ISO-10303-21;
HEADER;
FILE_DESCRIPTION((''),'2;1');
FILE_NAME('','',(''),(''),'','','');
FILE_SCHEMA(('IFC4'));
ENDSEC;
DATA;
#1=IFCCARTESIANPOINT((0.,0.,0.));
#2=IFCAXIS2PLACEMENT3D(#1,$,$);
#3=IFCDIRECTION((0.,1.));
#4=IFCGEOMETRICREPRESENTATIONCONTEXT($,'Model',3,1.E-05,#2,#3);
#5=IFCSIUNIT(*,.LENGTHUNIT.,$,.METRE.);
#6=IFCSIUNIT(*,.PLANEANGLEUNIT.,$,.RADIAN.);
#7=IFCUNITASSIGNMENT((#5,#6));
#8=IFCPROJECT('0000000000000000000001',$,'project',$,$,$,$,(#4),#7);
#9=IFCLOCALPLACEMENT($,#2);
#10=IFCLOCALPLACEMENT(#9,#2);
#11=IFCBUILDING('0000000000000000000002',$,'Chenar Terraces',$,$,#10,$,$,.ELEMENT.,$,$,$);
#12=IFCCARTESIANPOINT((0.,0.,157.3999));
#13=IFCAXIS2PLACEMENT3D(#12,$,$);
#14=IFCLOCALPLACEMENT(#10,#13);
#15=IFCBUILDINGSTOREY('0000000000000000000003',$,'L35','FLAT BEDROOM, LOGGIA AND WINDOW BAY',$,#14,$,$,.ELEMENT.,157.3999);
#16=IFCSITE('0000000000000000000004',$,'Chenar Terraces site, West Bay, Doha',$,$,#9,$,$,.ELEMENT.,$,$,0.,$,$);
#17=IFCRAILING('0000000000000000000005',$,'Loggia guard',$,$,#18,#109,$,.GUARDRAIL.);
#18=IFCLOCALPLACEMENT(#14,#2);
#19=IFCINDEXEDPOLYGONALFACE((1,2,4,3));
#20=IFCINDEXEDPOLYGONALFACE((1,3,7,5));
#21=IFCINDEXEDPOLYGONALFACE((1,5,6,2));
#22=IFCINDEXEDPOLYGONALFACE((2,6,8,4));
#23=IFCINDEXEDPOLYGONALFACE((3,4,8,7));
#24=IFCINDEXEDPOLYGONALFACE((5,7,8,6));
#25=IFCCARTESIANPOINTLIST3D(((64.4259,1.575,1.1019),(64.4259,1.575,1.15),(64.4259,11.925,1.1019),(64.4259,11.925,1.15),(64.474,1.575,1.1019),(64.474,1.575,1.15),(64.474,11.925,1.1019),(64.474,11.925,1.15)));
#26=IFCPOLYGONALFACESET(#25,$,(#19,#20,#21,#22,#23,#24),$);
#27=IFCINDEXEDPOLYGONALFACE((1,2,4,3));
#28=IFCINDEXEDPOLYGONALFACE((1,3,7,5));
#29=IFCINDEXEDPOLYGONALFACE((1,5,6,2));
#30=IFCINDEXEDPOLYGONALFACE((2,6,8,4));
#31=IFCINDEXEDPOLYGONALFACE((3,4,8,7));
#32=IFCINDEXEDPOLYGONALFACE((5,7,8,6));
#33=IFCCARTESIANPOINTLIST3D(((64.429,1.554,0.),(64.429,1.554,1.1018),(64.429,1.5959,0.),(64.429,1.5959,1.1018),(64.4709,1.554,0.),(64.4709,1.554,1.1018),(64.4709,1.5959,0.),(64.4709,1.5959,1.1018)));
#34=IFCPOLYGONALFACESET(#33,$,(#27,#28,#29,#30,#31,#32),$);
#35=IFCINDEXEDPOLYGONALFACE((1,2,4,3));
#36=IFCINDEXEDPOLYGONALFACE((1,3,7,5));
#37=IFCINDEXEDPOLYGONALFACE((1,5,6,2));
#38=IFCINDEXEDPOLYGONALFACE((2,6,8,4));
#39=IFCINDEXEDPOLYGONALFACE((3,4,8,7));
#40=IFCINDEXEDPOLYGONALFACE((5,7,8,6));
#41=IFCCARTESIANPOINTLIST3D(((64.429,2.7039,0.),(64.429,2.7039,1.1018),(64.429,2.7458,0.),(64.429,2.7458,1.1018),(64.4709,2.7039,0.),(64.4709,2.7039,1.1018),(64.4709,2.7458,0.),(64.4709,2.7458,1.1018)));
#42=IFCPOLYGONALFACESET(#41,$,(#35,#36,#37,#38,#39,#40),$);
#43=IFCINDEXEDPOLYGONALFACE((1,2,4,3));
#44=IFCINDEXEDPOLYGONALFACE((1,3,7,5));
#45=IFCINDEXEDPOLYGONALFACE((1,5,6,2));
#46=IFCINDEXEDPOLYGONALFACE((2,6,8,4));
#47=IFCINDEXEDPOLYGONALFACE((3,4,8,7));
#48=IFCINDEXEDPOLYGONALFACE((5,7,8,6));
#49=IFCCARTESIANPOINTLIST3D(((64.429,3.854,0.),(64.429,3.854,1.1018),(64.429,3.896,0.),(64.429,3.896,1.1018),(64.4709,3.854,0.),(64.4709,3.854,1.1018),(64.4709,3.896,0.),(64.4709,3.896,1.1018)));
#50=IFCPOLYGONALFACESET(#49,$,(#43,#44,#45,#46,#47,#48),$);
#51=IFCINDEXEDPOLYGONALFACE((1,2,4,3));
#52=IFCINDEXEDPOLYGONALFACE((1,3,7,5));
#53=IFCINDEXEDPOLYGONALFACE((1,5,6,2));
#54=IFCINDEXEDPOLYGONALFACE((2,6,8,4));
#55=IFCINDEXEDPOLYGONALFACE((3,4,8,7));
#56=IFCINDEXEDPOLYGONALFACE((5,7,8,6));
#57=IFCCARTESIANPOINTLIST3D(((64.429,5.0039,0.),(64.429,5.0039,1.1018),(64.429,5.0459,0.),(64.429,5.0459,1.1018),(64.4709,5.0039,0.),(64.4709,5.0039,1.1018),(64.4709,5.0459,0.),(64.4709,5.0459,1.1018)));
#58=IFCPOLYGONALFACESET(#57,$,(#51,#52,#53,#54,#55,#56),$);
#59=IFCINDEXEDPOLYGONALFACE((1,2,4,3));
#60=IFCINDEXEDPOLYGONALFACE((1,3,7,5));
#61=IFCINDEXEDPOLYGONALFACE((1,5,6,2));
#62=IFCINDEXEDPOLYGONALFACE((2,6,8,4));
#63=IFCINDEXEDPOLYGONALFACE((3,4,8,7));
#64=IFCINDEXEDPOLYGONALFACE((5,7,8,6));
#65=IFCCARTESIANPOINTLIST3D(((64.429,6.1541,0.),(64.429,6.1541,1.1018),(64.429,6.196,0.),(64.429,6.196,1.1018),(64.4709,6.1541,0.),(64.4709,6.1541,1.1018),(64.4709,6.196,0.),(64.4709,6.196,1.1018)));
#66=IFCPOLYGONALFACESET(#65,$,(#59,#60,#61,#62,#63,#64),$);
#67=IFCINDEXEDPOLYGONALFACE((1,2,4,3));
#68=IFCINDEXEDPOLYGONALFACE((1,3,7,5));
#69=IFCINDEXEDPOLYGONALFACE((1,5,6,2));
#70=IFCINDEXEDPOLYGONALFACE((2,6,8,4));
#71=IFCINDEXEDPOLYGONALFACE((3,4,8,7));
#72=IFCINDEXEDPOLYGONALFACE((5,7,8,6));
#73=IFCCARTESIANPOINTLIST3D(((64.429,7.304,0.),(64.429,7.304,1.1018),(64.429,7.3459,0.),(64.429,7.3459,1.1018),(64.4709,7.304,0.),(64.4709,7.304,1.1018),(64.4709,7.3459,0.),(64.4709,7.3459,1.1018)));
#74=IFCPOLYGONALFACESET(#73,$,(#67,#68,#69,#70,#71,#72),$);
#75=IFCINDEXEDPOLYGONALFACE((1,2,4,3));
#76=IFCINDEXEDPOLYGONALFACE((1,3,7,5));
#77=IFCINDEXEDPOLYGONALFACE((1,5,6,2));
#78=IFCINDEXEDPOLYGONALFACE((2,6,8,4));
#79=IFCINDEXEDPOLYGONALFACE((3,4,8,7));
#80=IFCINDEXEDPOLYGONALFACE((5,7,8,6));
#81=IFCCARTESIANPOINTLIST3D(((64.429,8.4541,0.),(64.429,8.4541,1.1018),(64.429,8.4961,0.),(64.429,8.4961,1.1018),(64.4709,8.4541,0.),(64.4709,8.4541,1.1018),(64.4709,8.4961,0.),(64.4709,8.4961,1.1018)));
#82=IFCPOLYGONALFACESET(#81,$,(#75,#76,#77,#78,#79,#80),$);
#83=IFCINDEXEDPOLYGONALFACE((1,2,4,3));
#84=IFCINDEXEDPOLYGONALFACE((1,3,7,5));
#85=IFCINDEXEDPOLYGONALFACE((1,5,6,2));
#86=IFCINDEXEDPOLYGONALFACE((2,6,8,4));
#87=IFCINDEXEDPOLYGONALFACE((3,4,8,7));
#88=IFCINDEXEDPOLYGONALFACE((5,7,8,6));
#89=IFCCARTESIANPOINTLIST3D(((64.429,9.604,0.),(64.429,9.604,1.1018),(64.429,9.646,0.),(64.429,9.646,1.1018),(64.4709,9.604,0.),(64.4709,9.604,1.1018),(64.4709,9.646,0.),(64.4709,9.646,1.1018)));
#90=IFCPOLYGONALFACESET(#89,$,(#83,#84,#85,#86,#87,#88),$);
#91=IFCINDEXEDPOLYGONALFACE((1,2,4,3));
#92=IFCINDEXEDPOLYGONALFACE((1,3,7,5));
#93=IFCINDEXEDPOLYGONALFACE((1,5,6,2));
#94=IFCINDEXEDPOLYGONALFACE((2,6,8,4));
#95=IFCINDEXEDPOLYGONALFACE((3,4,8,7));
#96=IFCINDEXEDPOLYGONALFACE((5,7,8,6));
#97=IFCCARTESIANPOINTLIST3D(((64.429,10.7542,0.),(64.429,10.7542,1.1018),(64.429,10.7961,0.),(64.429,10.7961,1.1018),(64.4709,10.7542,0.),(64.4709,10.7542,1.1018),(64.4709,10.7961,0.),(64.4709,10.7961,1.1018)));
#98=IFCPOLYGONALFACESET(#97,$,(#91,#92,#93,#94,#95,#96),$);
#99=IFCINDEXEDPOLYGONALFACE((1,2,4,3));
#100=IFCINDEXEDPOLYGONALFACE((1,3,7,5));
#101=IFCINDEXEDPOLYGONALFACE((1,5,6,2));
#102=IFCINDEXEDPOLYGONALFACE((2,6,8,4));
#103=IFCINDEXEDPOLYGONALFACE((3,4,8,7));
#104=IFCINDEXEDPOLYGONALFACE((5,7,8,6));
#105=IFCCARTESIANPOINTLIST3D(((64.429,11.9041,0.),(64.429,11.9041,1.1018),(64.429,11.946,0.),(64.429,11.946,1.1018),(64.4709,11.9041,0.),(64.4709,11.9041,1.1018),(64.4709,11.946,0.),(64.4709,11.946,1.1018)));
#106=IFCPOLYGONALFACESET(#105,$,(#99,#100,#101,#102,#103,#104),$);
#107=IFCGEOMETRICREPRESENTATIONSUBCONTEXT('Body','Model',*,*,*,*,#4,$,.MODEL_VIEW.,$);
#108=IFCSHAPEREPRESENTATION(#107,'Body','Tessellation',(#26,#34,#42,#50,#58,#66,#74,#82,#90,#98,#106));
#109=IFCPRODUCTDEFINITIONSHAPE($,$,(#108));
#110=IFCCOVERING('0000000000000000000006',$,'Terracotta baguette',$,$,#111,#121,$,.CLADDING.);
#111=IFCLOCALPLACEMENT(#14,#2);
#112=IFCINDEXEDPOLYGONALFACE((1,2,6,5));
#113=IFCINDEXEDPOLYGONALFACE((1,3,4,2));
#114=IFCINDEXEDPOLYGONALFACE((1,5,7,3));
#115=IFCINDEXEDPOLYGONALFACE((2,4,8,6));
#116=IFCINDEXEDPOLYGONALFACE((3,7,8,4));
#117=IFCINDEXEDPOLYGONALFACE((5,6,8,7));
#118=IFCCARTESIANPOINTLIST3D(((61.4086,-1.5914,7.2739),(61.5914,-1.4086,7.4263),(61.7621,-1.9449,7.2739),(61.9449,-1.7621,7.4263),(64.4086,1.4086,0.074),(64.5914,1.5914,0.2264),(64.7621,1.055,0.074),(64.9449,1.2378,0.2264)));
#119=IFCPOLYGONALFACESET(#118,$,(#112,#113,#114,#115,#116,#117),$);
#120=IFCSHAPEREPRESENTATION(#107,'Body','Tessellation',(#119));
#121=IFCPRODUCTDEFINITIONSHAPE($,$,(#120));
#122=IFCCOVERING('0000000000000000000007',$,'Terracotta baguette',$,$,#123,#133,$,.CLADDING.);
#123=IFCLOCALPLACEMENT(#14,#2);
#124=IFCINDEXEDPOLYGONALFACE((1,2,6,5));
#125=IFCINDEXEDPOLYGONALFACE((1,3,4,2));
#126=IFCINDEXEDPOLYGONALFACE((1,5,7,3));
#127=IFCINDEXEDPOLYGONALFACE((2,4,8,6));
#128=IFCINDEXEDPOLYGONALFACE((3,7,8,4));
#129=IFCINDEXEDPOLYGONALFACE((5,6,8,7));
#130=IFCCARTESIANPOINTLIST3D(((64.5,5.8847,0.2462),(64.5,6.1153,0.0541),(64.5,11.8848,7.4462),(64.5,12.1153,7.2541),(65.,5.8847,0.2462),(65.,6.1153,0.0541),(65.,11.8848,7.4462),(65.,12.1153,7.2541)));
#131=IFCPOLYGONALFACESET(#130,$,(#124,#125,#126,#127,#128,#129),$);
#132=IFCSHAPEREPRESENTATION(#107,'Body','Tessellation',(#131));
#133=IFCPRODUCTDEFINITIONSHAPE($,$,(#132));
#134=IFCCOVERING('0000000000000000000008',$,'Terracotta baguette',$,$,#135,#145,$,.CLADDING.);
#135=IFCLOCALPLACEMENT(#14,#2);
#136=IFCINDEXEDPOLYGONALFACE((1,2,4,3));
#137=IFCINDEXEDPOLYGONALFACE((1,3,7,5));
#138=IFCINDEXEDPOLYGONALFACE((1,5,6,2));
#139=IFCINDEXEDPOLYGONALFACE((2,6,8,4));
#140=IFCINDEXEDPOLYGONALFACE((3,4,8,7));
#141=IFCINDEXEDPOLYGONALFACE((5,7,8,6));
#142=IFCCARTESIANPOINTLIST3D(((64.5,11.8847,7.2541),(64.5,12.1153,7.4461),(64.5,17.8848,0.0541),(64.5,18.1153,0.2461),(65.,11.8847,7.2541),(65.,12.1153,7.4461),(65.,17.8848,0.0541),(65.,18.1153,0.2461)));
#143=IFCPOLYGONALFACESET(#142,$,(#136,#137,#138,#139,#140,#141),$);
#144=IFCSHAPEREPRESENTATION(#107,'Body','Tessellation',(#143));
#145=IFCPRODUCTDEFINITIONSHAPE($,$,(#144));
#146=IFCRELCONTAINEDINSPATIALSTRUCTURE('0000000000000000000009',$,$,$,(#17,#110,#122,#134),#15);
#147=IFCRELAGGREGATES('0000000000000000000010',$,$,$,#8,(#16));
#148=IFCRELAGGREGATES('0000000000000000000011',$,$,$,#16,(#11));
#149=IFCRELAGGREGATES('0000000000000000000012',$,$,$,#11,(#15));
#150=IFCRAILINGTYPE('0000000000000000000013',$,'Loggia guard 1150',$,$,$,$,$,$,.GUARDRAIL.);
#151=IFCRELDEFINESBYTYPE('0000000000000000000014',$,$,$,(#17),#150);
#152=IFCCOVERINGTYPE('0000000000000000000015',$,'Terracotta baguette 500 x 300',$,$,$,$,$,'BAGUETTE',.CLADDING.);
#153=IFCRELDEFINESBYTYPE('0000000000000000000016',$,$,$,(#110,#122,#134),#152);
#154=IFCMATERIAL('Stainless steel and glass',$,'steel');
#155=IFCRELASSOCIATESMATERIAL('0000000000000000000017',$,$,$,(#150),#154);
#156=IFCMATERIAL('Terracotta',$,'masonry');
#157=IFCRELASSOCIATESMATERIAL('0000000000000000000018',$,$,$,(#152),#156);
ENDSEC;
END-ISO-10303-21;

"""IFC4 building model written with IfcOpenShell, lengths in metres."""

from ifc_helpers import new_model, si_unit, direction, frame, origin, origin_2d, place, context, subcontext, project, spatial, rectangle, extrude, material, material_profile, profile_set, type_object, element, save


model = new_model("IFC4")

# Units and contexts
model_context = context("Model", 3, precision=1e-05, world=origin(), true_north=direction((0.0, 1.0)))
body_context = subcontext(model_context, "Body", "Model", "MODEL_VIEW")
ifc_project = project(units=[si_unit("LENGTHUNIT", "METRE"), si_unit("PLANEANGLEUNIT", "RADIAN")], contexts=[model_context])

# Site, building, storey
site_placement = place(None, origin())
site = spatial("IfcSite", under=ifc_project, at=site_placement, Name="Chenar Terraces site, West Bay, Doha", CompositionType="ELEMENT", RefElevation=0.0)
building_placement = place(site_placement, origin())
building = spatial("IfcBuilding", under=site, at=building_placement, Name="Chenar Terraces", CompositionType="ELEMENT")
storey_placement = place(building_placement, frame((0.0, 0.0, 157.3999)))
storey = spatial("IfcBuildingStorey", under=building, at=storey_placement, Name="L35", Description="FLAT BEDROOM, LOGGIA AND WINDOW BAY", CompositionType="ELEMENT", Elevation=157.3999)

# Railing
ifc_material_1 = material(Name="Stainless steel and glass", Category="steel")
railing_type = type_object("IfcRailingType", Name="Loggia guard 1150", PredefinedType="GUARDRAIL", material=ifc_material_1)
railing_placement = place(storey_placement, frame((64.45, 1.575, 0.0)))
element("IfcRailing", 1, at=railing_placement, inside=storey, type_object=railing_type, Name="Loggia guard", PredefinedType="GUARDRAIL", context=body_context, shape_type="SweptSolid", body=[
    extrude(rectangle(XDim=0.0481, YDim=0.0481, at=origin_2d()), frame((0.0, 0.0, 1.126), z_axis=(0.0, 1.0, 0.0), x_axis=(-1.0, 0.0, 0.0)), (0.0, 0.0, 1.0), 10.3501),
    extrude(rectangle(XDim=0.042, YDim=0.042, at=origin_2d()), origin(), (0.0, 0.0, 1.0), 1.1018),
    extrude(rectangle(XDim=0.042, YDim=0.042, at=origin_2d()), frame((0.0, 1.1499, 0.0)), (0.0, 0.0, 1.0), 1.1018),
    extrude(rectangle(XDim=0.042, YDim=0.042, at=origin_2d()), frame((0.0, 2.3, 0.0)), (0.0, 0.0, 1.0), 1.1018),
    extrude(rectangle(XDim=0.042, YDim=0.042, at=origin_2d()), frame((0.0, 3.45, 0.0)), (0.0, 0.0, 1.0), 1.1018),
    extrude(rectangle(XDim=0.042, YDim=0.042, at=origin_2d()), frame((0.0, 4.6001, 0.0)), (0.0, 0.0, 1.0), 1.1018),
    extrude(rectangle(XDim=0.042, YDim=0.042, at=origin_2d()), frame((0.0, 5.75, 0.0)), (0.0, 0.0, 1.0), 1.1018),
    extrude(rectangle(XDim=0.042, YDim=0.042, at=origin_2d()), frame((0.0, 6.9001, 0.0)), (0.0, 0.0, 1.0), 1.1018),
    extrude(rectangle(XDim=0.042, YDim=0.042, at=origin_2d()), frame((0.0, 8.05, 0.0)), (0.0, 0.0, 1.0), 1.1018),
    extrude(rectangle(XDim=0.042, YDim=0.042, at=origin_2d()), frame((0.0, 9.2002, 0.0)), (0.0, 0.0, 1.0), 1.1018),
    extrude(rectangle(XDim=0.042, YDim=0.042, at=origin_2d()), frame((0.0, 10.3501, 0.0)), (0.0, 0.0, 1.0), 1.1018),
])

# Coverings
ifc_material_2 = material(Name="Terracotta", Category="masonry")
ifc_material_profile_1 = material_profile(ifc_material_2, rectangle(XDim=0.5, YDim=0.3, at=origin_2d()), Name="Terracotta baguette 500 x 300")
ifc_profile_set_1 = profile_set([ifc_material_profile_1], Name="Terracotta")
covering_type = type_object("IfcCoveringType", Name="Terracotta baguette 500 x 300", ElementType="BAGUETTE", PredefinedType="CLADDING", material=ifc_profile_set_1)
covering_placement = place(storey_placement, frame((61.6768, -1.6768, 7.3501), z_axis=(0.358981, 0.358981, -0.861548), x_axis=(-0.707107, 0.707107, 0.0)))
element("IfcCovering", 2, at=covering_placement, inside=storey, type_object=covering_type, Name="Terracotta baguette", PredefinedType="CLADDING", context=body_context, shape_type="SweptSolid", body=[
    extrude(rectangle(XDim=0.5, YDim=0.3, at=origin_2d()), origin(), (0.0, 0.0, 1.0), 8.3569),
])
for number, where, z_axis, x_axis, name in (
    (3, (64.75, 6.0, 0.1501), (0.0, 0.640187, 0.768219), (-1.0, 0.0, 0.0), "Terracotta baguette"),
    (4, (64.75, 12.0, 7.3501), (0.0, 0.640187, -0.768219), (-1.0, 0.0, 0.0), "Terracotta baguette"),
):
    element("IfcCovering", number, at=place(storey_placement, frame(where, z_axis=z_axis, x_axis=x_axis)), inside=storey, type_object=covering_type, Name=name, PredefinedType="CLADDING", context=body_context, shape_type="SweptSolid", body=[
        extrude(rectangle(XDim=0.5, YDim=0.3, at=origin_2d()), origin(), (0.0, 0.0, 1.0), 9.3723),
    ])

save(model, "model.ifc")
